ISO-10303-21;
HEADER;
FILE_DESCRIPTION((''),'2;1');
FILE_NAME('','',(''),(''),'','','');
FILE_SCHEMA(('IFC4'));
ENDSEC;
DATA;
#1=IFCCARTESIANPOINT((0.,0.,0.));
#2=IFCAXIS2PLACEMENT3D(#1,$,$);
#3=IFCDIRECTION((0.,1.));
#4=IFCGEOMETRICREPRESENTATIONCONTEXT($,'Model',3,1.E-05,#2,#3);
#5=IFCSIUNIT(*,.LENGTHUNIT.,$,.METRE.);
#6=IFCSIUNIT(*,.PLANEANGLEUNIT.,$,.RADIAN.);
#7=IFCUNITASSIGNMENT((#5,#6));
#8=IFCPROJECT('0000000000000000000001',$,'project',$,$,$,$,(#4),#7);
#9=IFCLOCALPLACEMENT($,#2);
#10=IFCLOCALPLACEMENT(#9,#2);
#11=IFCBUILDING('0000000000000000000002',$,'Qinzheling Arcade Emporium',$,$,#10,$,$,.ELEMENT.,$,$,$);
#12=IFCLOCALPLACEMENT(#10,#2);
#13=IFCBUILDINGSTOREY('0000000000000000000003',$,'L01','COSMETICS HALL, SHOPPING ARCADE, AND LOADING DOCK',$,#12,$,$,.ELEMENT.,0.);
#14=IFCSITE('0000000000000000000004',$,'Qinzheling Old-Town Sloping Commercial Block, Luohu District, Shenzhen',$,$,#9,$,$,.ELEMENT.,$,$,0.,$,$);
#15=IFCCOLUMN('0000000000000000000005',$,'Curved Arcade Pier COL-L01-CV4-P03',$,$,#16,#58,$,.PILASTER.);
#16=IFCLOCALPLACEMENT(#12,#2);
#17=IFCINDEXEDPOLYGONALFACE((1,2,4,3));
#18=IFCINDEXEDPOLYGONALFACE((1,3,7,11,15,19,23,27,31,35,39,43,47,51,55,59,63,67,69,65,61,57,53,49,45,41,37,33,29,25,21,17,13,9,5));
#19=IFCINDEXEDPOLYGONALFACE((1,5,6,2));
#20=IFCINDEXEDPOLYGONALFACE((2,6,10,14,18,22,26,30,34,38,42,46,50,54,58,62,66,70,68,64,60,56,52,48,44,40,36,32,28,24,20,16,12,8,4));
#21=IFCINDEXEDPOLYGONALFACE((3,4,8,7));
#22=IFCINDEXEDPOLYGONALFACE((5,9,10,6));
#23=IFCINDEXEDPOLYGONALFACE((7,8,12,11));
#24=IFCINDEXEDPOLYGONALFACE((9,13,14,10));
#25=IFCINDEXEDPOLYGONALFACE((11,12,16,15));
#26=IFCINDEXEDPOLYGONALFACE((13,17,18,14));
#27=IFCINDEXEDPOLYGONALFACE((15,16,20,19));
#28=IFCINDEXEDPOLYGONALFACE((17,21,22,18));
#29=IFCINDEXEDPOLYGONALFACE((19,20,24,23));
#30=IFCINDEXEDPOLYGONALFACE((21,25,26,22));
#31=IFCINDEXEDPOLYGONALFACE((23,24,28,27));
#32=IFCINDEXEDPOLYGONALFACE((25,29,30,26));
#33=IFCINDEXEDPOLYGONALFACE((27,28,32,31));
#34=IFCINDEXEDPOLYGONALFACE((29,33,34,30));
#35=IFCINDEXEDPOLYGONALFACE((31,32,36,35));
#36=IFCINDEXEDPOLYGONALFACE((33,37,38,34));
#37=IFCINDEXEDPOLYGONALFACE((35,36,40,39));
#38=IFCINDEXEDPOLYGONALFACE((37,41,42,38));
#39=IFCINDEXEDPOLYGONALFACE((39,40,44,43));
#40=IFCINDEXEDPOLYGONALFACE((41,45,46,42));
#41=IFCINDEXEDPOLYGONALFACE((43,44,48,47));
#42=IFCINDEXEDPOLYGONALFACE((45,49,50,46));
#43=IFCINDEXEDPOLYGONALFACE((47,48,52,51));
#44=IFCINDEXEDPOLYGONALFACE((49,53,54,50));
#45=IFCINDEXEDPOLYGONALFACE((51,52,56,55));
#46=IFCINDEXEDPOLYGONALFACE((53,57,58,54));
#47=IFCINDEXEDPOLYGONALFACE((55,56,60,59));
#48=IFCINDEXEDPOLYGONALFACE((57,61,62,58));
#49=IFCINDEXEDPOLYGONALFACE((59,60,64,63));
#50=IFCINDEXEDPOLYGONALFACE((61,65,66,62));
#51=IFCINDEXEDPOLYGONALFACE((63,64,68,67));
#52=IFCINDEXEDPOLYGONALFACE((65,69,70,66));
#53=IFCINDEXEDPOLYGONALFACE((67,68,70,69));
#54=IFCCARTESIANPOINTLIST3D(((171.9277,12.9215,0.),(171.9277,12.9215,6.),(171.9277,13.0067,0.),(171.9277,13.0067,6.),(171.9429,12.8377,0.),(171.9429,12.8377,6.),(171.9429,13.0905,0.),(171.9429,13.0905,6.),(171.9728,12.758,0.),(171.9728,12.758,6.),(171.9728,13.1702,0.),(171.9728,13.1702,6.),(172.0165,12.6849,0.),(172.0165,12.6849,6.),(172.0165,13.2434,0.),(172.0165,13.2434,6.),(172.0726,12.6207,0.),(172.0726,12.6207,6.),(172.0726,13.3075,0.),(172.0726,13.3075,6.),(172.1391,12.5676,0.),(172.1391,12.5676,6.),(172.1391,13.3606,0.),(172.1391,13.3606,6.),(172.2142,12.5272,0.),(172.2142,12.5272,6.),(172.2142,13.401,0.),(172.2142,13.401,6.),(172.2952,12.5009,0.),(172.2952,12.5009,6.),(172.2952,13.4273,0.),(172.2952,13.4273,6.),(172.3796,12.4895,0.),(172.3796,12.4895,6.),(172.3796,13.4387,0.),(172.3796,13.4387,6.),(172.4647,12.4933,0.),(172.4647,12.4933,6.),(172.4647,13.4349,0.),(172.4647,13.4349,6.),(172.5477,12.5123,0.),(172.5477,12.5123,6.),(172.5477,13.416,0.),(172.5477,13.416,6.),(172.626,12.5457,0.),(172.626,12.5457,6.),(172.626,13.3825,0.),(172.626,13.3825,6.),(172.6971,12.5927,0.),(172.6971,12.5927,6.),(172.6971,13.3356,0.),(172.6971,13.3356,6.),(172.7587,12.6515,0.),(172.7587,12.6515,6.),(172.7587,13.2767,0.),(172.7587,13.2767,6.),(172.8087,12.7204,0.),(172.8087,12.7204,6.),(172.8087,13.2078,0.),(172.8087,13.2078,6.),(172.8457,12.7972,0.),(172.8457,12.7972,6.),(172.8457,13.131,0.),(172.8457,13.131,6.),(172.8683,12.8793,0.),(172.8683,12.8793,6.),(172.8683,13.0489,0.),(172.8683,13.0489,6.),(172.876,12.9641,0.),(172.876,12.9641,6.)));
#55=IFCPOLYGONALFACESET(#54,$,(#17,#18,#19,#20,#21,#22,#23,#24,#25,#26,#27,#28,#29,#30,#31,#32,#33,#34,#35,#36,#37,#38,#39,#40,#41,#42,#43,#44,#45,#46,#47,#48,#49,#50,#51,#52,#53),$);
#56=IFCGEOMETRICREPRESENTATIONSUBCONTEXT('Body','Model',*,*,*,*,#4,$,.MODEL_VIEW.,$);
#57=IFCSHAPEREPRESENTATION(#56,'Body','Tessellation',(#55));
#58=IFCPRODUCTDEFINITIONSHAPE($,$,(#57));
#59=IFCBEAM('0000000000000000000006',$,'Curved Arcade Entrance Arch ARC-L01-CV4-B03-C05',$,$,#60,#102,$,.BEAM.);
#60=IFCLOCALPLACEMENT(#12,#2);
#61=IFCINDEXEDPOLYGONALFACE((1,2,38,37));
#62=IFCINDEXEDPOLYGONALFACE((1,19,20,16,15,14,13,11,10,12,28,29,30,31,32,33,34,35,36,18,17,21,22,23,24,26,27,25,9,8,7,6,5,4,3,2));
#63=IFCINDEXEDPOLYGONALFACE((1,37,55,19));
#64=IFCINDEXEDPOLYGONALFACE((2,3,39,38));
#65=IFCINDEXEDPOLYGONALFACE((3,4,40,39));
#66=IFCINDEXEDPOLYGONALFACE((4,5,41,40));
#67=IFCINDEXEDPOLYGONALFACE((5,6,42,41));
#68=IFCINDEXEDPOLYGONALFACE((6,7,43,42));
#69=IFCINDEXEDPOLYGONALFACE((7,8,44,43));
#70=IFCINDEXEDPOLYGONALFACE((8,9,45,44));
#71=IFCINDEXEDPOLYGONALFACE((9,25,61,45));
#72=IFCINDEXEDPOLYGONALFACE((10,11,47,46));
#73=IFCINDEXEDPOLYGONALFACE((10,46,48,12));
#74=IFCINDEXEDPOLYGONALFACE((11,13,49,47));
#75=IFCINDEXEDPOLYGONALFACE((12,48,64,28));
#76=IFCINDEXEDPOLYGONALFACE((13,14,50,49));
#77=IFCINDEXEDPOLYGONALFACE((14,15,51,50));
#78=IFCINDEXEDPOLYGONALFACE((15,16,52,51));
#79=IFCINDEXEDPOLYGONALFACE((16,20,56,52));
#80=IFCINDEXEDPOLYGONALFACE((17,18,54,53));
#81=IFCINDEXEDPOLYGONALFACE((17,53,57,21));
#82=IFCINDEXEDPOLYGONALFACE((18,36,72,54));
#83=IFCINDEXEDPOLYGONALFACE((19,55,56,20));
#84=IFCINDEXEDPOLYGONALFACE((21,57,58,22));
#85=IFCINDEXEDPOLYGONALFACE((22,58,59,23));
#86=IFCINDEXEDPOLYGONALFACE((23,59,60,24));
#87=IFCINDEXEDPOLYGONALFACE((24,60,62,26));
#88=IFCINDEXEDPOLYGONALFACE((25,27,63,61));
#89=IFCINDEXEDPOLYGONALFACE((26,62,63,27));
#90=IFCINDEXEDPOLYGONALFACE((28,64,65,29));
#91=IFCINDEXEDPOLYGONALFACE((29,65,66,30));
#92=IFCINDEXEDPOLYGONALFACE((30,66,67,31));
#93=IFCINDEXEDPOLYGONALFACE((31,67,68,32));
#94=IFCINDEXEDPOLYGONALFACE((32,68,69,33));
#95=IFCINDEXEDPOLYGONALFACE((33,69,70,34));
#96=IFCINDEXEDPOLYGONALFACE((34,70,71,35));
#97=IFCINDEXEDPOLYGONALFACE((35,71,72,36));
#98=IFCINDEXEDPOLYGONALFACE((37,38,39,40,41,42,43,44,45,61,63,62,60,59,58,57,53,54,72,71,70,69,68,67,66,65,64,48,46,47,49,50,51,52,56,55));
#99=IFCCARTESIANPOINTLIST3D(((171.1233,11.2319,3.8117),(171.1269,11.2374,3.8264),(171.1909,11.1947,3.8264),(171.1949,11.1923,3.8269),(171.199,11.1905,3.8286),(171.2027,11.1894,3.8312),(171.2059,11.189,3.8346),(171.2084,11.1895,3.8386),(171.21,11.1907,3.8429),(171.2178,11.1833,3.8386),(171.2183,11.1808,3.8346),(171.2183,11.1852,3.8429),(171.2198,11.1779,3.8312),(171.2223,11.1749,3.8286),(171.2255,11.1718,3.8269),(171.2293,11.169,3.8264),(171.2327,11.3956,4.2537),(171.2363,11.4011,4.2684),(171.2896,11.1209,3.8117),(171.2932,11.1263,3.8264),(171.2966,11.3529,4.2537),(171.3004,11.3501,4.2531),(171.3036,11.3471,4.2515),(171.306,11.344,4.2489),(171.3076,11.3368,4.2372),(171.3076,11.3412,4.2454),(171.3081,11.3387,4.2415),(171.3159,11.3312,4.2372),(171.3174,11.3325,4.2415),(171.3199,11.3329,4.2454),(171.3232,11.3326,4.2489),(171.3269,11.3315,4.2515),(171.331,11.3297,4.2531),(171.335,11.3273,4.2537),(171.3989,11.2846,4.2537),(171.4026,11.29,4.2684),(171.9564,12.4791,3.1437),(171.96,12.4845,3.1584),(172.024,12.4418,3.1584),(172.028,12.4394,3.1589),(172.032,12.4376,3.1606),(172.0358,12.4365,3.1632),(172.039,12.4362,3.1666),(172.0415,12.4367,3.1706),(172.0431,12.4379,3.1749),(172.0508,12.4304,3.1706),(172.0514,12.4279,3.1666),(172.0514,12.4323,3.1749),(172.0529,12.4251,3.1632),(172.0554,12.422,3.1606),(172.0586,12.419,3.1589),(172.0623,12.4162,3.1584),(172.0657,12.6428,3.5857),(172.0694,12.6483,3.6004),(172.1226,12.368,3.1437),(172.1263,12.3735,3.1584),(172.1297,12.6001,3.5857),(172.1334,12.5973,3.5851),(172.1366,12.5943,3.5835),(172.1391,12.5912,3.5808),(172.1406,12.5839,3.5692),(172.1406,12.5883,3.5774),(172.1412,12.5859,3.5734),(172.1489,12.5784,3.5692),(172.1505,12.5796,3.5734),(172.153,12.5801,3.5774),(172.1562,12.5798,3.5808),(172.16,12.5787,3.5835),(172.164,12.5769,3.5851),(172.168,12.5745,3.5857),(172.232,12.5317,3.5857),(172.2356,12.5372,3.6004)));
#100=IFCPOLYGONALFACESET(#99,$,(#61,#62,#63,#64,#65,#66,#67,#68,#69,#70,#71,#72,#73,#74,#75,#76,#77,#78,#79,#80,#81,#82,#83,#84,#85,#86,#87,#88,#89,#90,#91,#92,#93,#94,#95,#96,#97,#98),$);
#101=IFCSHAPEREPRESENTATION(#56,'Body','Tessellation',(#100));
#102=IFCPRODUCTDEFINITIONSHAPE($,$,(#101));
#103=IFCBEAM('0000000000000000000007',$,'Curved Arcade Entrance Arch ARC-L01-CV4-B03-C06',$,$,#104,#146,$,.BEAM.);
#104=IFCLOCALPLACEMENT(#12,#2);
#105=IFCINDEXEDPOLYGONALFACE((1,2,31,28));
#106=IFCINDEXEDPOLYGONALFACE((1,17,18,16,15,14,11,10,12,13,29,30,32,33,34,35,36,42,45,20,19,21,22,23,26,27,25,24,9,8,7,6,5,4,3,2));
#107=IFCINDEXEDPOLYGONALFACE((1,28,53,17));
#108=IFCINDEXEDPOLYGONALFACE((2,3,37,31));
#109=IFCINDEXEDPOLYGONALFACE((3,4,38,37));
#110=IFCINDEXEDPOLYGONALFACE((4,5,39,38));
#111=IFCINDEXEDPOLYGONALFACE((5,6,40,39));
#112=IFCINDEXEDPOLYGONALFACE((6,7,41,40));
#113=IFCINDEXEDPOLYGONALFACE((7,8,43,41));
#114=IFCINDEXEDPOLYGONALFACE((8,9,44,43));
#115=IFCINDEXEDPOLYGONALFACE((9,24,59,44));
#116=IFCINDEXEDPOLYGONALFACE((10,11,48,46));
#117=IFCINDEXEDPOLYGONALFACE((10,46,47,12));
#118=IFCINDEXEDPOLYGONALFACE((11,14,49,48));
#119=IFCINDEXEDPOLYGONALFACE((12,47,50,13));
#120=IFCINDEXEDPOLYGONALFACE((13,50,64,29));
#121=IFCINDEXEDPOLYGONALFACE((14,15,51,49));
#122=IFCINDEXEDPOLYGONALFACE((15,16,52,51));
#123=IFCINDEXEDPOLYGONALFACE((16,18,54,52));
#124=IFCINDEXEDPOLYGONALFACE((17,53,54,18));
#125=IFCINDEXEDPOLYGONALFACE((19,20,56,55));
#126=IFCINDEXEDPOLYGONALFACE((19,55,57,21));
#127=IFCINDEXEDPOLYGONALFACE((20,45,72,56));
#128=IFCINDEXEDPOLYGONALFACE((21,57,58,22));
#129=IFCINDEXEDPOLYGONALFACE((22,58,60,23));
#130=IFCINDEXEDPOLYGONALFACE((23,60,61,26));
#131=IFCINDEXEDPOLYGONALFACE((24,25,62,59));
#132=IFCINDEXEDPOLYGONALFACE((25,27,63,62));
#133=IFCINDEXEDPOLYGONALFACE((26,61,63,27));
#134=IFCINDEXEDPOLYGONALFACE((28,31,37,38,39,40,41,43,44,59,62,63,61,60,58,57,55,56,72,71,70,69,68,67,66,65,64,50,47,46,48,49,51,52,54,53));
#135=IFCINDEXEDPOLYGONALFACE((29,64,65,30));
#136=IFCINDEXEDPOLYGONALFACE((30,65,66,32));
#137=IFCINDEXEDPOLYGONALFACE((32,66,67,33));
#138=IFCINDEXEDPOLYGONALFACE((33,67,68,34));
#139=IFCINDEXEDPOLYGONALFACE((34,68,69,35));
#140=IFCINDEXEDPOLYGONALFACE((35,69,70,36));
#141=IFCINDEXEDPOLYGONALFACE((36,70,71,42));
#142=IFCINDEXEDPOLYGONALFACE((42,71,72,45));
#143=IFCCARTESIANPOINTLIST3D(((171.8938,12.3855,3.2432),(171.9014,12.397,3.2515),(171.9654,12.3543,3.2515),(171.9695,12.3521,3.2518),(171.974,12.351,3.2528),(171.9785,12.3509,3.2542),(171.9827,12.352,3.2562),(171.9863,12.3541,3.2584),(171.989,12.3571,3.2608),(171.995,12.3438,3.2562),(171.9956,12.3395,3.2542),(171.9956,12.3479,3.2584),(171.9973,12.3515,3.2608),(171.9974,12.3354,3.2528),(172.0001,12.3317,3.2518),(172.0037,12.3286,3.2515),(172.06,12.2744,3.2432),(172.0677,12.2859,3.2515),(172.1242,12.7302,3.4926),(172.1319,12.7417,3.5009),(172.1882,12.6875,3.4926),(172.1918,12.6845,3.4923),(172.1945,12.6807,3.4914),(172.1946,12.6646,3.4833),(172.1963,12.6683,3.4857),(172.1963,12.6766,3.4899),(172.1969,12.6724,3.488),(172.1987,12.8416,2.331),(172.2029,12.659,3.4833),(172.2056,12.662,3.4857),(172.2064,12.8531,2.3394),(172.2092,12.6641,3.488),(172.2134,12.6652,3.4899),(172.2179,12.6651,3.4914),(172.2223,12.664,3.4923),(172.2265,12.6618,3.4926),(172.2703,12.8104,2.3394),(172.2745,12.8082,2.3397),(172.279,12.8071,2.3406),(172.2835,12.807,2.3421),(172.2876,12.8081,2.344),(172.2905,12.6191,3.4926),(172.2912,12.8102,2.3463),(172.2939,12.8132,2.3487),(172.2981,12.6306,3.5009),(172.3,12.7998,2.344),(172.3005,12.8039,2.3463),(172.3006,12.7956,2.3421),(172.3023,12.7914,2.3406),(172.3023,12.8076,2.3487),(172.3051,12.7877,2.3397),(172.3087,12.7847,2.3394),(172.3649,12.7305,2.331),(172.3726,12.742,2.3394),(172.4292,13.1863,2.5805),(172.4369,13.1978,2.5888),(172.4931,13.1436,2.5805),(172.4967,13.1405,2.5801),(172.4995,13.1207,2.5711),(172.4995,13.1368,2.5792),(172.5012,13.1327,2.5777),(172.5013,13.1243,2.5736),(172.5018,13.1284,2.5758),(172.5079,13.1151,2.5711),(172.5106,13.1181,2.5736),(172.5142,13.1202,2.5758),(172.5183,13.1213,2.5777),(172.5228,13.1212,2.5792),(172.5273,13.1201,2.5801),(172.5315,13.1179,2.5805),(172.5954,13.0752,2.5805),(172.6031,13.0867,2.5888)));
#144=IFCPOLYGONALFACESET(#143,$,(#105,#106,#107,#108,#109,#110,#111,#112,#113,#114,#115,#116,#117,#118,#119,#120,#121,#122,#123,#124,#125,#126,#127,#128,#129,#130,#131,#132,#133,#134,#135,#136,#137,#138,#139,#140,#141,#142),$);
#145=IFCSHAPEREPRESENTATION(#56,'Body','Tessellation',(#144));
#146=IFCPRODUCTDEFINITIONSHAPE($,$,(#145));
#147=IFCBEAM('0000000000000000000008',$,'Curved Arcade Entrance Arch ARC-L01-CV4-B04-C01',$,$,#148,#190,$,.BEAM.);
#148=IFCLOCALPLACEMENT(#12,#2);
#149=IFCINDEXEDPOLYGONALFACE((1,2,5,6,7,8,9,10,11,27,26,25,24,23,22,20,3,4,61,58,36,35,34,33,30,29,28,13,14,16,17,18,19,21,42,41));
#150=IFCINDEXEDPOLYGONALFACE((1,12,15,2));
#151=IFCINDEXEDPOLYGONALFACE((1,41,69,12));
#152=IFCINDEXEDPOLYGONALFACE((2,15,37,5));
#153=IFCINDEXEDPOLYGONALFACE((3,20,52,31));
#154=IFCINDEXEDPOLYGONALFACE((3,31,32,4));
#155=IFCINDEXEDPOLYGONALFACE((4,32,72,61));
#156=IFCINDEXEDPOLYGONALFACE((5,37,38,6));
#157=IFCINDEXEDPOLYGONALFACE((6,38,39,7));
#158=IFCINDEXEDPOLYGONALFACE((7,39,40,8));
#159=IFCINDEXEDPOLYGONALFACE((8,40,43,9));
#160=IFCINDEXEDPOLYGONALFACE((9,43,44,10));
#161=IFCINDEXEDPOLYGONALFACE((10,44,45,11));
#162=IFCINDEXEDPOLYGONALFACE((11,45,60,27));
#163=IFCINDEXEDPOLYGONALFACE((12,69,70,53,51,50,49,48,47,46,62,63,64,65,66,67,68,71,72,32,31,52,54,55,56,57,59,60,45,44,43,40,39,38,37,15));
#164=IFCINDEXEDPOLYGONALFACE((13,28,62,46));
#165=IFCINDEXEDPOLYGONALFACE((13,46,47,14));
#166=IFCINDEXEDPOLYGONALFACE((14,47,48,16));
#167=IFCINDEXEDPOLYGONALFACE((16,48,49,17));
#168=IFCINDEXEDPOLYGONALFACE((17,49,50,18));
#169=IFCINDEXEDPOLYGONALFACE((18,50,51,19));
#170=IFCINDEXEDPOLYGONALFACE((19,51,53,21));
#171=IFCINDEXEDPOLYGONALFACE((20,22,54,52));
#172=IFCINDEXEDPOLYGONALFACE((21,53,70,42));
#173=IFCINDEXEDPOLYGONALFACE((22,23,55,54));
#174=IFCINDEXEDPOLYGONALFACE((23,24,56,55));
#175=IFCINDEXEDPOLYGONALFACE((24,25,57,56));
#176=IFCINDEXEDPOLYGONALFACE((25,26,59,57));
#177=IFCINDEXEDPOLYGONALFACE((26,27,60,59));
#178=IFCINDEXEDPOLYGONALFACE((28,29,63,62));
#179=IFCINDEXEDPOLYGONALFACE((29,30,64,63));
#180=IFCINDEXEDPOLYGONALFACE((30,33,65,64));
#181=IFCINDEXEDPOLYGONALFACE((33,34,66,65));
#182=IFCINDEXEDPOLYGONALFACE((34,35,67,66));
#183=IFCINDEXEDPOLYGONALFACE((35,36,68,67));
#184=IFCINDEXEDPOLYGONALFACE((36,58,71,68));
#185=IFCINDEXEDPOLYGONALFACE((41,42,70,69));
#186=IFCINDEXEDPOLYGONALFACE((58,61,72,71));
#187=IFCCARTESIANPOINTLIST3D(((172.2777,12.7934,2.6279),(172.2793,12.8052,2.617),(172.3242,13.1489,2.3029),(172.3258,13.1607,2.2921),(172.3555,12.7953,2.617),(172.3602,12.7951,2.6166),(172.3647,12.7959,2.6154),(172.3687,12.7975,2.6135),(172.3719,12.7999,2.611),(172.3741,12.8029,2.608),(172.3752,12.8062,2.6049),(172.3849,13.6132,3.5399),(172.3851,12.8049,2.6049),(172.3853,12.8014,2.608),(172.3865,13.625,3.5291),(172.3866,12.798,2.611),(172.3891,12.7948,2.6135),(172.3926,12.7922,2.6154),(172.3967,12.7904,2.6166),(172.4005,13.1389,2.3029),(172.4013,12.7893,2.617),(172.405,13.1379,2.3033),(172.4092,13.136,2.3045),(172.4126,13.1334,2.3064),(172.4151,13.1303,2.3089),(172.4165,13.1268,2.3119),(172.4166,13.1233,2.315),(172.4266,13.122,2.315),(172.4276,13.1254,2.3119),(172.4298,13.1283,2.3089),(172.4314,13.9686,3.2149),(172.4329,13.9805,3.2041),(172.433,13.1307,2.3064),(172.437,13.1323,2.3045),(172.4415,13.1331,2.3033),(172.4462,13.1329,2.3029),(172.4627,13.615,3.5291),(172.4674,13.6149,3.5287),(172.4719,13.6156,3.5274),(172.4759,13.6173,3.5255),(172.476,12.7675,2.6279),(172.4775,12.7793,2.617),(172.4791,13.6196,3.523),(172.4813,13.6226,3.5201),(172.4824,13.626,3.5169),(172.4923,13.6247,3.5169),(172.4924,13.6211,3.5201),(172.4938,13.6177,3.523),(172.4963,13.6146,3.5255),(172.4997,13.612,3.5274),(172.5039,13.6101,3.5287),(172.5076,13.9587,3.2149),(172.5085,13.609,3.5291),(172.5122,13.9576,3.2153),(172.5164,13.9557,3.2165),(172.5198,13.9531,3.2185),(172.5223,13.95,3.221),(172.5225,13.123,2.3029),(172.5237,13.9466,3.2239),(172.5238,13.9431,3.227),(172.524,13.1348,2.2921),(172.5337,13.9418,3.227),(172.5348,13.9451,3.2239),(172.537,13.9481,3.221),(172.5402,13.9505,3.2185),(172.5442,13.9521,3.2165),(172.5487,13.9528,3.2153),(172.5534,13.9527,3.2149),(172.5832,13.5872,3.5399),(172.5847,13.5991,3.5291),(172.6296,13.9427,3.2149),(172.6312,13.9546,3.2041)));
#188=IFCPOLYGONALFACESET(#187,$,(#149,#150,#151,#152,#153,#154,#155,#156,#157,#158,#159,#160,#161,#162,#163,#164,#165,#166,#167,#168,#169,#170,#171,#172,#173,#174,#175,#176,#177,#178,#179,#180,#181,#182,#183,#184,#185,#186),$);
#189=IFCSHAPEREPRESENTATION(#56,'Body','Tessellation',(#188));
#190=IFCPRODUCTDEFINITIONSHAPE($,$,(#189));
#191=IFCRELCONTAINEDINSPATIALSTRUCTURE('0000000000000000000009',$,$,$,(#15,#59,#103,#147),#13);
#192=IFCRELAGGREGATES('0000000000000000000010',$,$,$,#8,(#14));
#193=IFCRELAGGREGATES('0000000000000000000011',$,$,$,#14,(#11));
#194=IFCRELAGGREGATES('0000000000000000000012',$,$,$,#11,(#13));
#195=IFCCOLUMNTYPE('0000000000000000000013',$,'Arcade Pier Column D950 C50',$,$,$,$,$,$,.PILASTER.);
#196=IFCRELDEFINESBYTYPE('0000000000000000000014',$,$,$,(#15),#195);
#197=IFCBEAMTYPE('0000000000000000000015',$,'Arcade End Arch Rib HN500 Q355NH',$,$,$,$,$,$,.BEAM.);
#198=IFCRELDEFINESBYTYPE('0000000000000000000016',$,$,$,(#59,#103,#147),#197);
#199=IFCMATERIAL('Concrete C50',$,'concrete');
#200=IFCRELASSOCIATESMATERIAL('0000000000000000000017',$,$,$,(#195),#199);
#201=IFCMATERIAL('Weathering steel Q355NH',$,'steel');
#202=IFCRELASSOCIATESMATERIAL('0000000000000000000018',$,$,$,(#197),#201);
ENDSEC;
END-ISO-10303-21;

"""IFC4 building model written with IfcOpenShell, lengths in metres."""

from ifc_helpers import new_model, si_unit, direction, frame, origin, origin_2d, place, context, subcontext, project, spatial, circle, i_section, extrude, material, material_profile, profile_set, type_object, element, save


model = new_model("IFC4")

# Units and contexts
model_context = context("Model", 3, precision=1e-05, world=origin(), true_north=direction((0.0, 1.0)))
body_context = subcontext(model_context, "Body", "Model", "MODEL_VIEW")
ifc_project = project(units=[si_unit("LENGTHUNIT", "METRE"), si_unit("PLANEANGLEUNIT", "RADIAN")], contexts=[model_context])

# Site, building, storey
site_placement = place(None, origin())
site = spatial("IfcSite", under=ifc_project, at=site_placement, Name="Qinzheling Old-Town Sloping Commercial Block, Luohu District, Shenzhen", CompositionType="ELEMENT", RefElevation=0.0)
building_placement = place(site_placement, origin())
building = spatial("IfcBuilding", under=site, at=building_placement, Name="Qinzheling Arcade Emporium", CompositionType="ELEMENT")
storey_placement = place(building_placement, origin())
storey = spatial("IfcBuildingStorey", under=building, at=storey_placement, Name="L01", Description="COSMETICS HALL, SHOPPING ARCADE, AND LOADING DOCK", CompositionType="ELEMENT", Elevation=0.0)

# Column
ifc_material_1 = material(Name="Concrete C50", Category="concrete")
ifc_material_profile_1 = material_profile(ifc_material_1, circle(Radius=0.4751, at=origin_2d()), Name="RC D950", Category="concrete")
ifc_profile_set_1 = profile_set([ifc_material_profile_1], Name="Concrete C50")
column_type = type_object("IfcColumnType", Name="Arcade Pier Column D950 C50", PredefinedType="PILASTER", material=ifc_profile_set_1)
column_placement = place(storey_placement, frame((172.4009, 12.9641, 0.0), z_axis=(0.0, 0.0, 1.0), x_axis=(1.0, 0.0, 0.0)))
element("IfcColumn", 1, at=column_placement, inside=storey, type_object=column_type, Name="Curved Arcade Pier COL-L01-CV4-P03", PredefinedType="PILASTER", context=body_context, shape_type="SweptSolid", body=[
    extrude(circle(Radius=0.4751, at=origin_2d()), origin(), (0.0, 0.0, 1.0), 6.0),
])

# Beams
ifc_material_2 = material(Name="Weathering steel Q355NH", Category="steel")
ifc_material_profile_2 = material_profile(ifc_material_2, i_section(OverallWidth=0.2, OverallDepth=0.5, WebThickness=0.01, FlangeThickness=0.0161, FilletRadius=0.0181, at=origin_2d()), Name="HN 500x200x10x16", Category="steel")
ifc_profile_set_2 = profile_set([ifc_material_profile_2], Name="Weathering steel Q355NH")
beam_type_1 = type_object("IfcBeamType", Name="Arcade End Arch Rib HN500 Q355NH", PredefinedType="BEAM", material=ifc_profile_set_2)
beam_1_placement = place(storey_placement, frame((171.2629, 11.261, 4.04), z_axis=(0.507397, 0.759609, -0.406869), x_axis=(-0.831549, 0.555451, 0.0)))
element("IfcBeam", 2, at=beam_1_placement, inside=storey, type_object=beam_type_1, Name="Curved Arcade Entrance Arch ARC-L01-CV4-B03-C05", PredefinedType="BEAM", context=body_context, shape_type="SweptSolid", body=[
    extrude(i_section(OverallWidth=0.2, OverallDepth=0.5, WebThickness=0.01, FlangeThickness=0.0161, FilletRadius=0.0181, at=origin_2d()), origin(), (0.0, 0.0, 1.0), 1.6418),
])
beam_2_placement = place(storey_placement, frame((172.0959, 12.5081, 3.3721), z_axis=(0.286487, 0.428468, -0.856937), x_axis=(-0.831296, 0.555829, 0.0)))
element("IfcBeam", 3, at=beam_2_placement, inside=storey, type_object=beam_type_1, Name="Curved Arcade Entrance Arch ARC-L01-CV4-B03-C06", PredefinedType="BEAM", context=body_context, shape_type="SweptSolid", body=[
    extrude(i_section(OverallWidth=0.2, OverallDepth=0.5, WebThickness=0.01, FlangeThickness=0.0161, FilletRadius=0.0181, at=origin_2d()), origin(), (0.0, 0.0, 1.0), 1.0645),
])
beam_3_placement = place(storey_placement, frame((172.4009, 12.9641, 2.46), z_axis=(0.08706, 0.665942, 0.740906), x_axis=(-0.991562, 0.12963, 0.0)))
element("IfcBeam", 4, at=beam_3_placement, inside=storey, type_object=beam_type_1, Name="Curved Arcade Entrance Arch ARC-L01-CV4-B04-C01", PredefinedType="BEAM", context=body_context, shape_type="SweptSolid", body=[
    extrude(i_section(OverallWidth=0.2, OverallDepth=0.5, WebThickness=0.01, FlangeThickness=0.0161, FilletRadius=0.0181, at=origin_2d()), origin(), (0.0, 0.0, 1.0), 1.231),
])

save(model, "model.ifc")
